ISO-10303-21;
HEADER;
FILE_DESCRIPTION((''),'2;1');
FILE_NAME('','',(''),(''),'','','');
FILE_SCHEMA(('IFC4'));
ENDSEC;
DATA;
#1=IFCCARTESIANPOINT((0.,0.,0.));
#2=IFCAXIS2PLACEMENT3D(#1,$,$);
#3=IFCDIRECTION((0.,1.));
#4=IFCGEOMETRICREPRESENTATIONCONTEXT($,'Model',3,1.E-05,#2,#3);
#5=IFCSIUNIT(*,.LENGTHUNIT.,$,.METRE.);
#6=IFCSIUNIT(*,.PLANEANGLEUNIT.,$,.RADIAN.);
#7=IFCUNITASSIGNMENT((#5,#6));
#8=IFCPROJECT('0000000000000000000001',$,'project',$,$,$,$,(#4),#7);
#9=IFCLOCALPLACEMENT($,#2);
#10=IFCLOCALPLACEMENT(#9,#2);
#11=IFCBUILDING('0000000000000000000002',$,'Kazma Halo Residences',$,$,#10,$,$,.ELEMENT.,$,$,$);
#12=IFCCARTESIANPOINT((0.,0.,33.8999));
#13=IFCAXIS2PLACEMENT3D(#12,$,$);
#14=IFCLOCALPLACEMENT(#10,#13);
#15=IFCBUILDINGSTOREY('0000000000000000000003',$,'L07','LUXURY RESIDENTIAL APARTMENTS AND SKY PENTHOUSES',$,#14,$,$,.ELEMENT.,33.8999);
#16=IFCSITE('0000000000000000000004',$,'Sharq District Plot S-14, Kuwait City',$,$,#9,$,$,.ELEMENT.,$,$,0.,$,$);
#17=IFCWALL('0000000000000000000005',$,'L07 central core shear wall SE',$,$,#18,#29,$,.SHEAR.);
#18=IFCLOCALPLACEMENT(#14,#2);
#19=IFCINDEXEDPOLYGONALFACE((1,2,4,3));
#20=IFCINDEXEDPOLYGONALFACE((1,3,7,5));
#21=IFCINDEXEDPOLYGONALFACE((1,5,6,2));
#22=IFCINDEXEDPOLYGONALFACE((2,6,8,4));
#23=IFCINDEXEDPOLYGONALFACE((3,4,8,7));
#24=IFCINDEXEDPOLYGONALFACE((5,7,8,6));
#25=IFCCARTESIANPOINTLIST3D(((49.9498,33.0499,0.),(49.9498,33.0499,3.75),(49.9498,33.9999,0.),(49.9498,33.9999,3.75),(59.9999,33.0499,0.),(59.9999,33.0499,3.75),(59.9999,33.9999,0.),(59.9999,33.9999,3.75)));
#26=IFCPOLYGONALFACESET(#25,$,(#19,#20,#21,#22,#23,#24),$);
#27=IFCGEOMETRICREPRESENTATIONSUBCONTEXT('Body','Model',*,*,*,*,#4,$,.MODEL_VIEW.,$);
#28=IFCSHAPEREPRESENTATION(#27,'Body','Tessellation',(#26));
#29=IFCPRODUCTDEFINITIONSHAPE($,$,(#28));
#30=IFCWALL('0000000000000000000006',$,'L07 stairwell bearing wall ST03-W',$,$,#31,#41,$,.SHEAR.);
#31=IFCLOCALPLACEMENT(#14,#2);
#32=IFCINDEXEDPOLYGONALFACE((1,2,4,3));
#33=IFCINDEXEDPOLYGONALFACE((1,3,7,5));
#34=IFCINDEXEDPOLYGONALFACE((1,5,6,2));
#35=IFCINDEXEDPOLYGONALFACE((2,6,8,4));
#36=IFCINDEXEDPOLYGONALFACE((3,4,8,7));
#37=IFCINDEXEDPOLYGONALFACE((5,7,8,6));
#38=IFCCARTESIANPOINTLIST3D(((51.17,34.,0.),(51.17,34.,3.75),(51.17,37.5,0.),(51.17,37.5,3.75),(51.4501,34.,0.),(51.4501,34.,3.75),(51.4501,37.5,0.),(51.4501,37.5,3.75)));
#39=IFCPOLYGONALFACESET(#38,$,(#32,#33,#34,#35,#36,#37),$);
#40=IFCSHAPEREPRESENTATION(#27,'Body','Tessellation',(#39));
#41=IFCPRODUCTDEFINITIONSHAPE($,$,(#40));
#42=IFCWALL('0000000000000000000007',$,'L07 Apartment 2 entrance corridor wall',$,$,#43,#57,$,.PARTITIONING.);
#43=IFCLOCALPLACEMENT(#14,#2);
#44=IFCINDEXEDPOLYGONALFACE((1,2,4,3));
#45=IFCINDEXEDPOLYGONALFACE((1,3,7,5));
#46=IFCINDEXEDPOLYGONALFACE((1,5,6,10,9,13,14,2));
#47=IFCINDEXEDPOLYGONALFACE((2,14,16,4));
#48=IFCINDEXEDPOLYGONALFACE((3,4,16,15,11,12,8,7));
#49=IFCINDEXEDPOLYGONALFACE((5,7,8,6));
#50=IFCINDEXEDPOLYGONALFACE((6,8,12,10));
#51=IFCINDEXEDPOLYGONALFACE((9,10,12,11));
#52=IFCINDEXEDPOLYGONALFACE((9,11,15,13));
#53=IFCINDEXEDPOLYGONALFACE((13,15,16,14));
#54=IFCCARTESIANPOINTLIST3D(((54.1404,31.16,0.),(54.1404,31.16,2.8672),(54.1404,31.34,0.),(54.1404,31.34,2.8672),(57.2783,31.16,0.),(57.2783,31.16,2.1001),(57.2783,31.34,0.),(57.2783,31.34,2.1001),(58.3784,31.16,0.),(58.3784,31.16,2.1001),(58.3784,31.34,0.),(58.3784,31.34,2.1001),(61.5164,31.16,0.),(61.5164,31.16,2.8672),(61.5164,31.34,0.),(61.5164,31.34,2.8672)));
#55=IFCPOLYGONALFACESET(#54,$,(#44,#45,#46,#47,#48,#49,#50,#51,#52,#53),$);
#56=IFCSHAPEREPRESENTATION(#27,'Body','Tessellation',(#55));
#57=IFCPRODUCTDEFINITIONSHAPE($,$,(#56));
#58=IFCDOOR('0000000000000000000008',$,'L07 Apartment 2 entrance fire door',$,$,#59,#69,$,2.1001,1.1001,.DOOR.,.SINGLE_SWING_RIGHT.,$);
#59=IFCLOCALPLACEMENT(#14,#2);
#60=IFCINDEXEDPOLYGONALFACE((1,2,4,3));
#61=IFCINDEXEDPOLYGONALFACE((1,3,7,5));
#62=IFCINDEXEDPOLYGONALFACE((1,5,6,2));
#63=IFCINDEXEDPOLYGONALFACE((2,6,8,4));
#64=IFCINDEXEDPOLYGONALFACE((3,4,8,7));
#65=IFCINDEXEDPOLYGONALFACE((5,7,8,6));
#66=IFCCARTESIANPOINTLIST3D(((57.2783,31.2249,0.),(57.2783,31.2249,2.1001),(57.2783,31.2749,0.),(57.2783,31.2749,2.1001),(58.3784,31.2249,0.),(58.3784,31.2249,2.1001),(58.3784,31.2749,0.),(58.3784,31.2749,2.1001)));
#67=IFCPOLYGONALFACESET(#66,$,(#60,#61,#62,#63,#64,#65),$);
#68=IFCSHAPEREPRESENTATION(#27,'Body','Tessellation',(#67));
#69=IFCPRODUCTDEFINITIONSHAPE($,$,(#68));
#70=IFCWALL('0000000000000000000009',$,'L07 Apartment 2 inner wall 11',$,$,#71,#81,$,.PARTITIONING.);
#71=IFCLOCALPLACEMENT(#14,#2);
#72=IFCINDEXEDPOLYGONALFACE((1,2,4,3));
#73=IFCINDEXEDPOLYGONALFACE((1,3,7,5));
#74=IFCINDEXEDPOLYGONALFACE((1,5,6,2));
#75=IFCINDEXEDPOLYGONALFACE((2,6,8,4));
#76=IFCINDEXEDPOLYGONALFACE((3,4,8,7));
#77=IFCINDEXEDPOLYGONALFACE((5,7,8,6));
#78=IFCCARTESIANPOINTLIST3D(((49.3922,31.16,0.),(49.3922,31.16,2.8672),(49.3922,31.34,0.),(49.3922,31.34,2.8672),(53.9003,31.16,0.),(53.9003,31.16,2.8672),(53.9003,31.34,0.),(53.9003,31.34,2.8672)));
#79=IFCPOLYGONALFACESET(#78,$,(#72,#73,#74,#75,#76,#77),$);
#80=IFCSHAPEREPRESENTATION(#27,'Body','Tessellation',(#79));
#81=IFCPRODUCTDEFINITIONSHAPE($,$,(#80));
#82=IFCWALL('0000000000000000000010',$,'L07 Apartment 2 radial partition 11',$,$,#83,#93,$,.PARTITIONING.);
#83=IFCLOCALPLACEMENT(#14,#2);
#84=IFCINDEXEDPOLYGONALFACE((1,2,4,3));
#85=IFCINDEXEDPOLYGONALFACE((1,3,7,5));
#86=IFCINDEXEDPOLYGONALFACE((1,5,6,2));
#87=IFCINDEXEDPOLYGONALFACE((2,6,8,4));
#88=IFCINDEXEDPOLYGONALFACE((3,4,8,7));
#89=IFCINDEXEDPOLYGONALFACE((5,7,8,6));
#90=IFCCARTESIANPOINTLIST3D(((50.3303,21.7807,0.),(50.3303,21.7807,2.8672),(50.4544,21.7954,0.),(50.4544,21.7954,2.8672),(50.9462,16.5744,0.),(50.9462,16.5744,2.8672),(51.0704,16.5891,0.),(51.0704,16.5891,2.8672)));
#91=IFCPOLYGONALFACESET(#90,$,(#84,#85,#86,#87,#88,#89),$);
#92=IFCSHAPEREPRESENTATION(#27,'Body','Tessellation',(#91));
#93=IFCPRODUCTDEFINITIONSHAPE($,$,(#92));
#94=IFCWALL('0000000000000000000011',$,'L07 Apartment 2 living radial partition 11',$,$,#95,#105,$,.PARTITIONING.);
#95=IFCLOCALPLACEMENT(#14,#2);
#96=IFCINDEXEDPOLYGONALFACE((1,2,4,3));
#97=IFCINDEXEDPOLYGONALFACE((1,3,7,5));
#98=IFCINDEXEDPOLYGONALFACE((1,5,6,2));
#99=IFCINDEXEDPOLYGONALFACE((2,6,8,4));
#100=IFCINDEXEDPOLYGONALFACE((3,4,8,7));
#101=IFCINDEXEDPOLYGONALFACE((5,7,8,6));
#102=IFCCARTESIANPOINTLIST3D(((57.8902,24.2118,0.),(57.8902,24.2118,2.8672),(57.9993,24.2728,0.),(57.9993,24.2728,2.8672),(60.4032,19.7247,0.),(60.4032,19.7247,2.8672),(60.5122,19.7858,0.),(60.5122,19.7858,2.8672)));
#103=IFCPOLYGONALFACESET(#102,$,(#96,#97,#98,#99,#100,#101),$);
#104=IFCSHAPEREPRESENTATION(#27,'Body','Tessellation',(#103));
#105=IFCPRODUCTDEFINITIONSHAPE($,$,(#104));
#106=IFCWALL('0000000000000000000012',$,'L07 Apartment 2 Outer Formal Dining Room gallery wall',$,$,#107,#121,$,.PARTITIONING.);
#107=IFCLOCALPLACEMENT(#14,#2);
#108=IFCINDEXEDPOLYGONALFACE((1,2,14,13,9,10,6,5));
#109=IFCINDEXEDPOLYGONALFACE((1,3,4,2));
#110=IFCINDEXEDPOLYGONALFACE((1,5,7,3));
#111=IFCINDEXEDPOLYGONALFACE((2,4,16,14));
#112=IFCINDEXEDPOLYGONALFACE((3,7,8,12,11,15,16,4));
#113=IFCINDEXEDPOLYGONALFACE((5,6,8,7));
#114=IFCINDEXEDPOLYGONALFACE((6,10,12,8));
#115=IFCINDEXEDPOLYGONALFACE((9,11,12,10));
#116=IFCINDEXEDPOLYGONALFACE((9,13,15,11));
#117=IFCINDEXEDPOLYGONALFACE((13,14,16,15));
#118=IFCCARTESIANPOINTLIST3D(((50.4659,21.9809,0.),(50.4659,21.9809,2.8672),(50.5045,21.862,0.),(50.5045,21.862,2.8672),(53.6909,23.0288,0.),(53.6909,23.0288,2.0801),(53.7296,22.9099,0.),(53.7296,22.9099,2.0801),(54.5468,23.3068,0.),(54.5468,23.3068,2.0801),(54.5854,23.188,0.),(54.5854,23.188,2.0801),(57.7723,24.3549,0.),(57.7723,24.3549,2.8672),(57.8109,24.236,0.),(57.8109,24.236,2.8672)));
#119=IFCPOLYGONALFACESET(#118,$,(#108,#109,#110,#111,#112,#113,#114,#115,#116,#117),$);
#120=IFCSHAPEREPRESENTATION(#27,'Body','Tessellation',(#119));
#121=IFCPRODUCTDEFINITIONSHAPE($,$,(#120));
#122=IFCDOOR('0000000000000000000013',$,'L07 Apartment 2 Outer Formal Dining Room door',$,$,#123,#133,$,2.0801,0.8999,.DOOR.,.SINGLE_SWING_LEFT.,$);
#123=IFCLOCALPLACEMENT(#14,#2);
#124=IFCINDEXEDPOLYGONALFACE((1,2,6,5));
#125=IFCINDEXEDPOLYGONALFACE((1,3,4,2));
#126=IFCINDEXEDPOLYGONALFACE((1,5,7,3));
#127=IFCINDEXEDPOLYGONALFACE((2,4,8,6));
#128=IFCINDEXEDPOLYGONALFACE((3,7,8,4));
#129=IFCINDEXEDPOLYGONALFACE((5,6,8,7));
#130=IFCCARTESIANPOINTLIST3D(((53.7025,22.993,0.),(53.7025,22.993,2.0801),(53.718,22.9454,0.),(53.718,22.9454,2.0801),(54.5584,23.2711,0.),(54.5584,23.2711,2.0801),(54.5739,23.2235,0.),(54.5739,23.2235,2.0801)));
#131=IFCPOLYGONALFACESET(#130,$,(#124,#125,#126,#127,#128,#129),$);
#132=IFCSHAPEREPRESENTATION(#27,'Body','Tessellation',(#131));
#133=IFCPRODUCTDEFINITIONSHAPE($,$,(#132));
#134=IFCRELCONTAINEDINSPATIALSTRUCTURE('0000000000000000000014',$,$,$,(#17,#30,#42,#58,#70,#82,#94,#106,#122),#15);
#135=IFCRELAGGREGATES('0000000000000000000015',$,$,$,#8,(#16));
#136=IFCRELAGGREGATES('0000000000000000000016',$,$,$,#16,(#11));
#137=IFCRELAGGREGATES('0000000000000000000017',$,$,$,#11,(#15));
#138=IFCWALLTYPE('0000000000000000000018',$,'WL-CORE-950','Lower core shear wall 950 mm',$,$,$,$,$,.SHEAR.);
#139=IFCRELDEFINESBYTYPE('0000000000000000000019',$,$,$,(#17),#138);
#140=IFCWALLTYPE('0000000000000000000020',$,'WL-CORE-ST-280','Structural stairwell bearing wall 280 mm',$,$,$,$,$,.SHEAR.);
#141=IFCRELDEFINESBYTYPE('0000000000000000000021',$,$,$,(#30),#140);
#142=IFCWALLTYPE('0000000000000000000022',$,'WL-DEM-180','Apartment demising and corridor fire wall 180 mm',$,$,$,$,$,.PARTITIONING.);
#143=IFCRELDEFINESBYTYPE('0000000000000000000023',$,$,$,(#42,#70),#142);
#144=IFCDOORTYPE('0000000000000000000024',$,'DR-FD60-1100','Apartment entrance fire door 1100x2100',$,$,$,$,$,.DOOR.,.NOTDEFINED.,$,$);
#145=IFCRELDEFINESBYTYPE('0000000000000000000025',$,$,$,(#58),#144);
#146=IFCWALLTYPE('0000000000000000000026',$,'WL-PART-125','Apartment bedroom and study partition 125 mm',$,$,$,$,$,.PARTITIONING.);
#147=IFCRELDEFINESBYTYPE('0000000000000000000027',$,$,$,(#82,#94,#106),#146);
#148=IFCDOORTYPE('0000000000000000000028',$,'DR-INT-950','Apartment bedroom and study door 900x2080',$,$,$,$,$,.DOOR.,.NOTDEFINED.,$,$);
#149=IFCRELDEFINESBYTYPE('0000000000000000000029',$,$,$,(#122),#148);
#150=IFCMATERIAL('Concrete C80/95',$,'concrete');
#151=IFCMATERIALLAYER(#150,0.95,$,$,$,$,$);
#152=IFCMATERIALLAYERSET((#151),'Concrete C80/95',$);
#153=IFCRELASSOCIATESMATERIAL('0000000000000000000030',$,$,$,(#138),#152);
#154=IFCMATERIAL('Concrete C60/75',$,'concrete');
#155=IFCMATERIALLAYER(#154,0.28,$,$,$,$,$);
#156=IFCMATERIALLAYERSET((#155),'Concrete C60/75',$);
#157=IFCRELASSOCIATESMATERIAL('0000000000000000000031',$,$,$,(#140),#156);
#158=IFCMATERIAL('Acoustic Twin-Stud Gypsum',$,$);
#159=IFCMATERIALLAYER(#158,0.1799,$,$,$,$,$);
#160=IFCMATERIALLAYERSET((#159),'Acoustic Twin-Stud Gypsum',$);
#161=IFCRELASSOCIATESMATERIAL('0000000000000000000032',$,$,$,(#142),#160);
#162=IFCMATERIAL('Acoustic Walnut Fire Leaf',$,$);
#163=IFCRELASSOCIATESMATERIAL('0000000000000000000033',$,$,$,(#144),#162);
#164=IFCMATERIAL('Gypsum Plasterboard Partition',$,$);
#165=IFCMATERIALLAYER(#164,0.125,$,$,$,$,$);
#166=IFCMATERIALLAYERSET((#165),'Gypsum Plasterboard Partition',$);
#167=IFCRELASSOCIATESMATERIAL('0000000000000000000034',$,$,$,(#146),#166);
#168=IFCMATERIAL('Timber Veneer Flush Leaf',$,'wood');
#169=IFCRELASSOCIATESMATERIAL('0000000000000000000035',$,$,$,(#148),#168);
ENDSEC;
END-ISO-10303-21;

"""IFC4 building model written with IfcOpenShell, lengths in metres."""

from ifc_helpers import new_model, si_unit, direction, frame, frame_2d, origin, place, context, subcontext, project, spatial, rectangle, extrude, material, layer, layer_set, type_object, element, fill, save


model = new_model("IFC4")

# Units and contexts
model_context = context("Model", 3, precision=1e-05, world=origin(), true_north=direction((0.0, 1.0)))
body_context = subcontext(model_context, "Body", "Model", "MODEL_VIEW")
ifc_project = project(units=[si_unit("LENGTHUNIT", "METRE"), si_unit("PLANEANGLEUNIT", "RADIAN")], contexts=[model_context])

# Site, building, storey
site_placement = place(None, origin())
site = spatial("IfcSite", under=ifc_project, at=site_placement, Name="Sharq District Plot S-14, Kuwait City", CompositionType="ELEMENT", RefElevation=0.0)
building_placement = place(site_placement, origin())
building = spatial("IfcBuilding", under=site, at=building_placement, Name="Kazma Halo Residences", CompositionType="ELEMENT")
storey_placement = place(building_placement, frame((0.0, 0.0, 33.8999)))
storey = spatial("IfcBuildingStorey", under=building, at=storey_placement, Name="L07", Description="LUXURY RESIDENTIAL APARTMENTS AND SKY PENTHOUSES", CompositionType="ELEMENT", Elevation=33.8999)

# Shared definitions
ifc_material_1 = material(Name="Concrete C80/95", Category="concrete")

# Walls
ifc_layer_1 = layer(ifc_material_1, 0.95)
ifc_layer_set_1 = layer_set([ifc_layer_1], Name="Concrete C80/95")
wall_type_1 = type_object("IfcWallType", Name="WL-CORE-950", Description="Lower core shear wall 950 mm", PredefinedType="SHEAR", material=ifc_layer_set_1)
wall_1_placement = place(storey_placement, frame((49.95, 33.5249, 0.0), z_axis=(0.0, 0.0, 1.0), x_axis=(1.0, 0.0, 0.0)))
element("IfcWall", 1, at=wall_1_placement, inside=storey, type_object=wall_type_1, Name="L07 central core shear wall SE", PredefinedType="SHEAR", context=body_context, shape_type="SweptSolid", body=[
    extrude(rectangle(XDim=10.05, YDim=0.95, at=frame_2d((5.0249, 0.0))), origin(), (0.0, 0.0, 1.0), 3.75),
])
ifc_material_2 = material(Name="Concrete C60/75", Category="concrete")
ifc_layer_2 = layer(ifc_material_2, 0.28)
ifc_layer_set_2 = layer_set([ifc_layer_2], Name="Concrete C60/75")
wall_type_2 = type_object("IfcWallType", Name="WL-CORE-ST-280", Description="Structural stairwell bearing wall 280 mm", PredefinedType="SHEAR", material=ifc_layer_set_2)
wall_2_placement = place(storey_placement, frame((51.3101, 34.0, 0.0), z_axis=(0.0, 0.0, 1.0), x_axis=(0.0, 1.0, 0.0)))
element("IfcWall", 2, at=wall_2_placement, inside=storey, type_object=wall_type_2, Name="L07 stairwell bearing wall ST03-W", PredefinedType="SHEAR", context=body_context, shape_type="SweptSolid", body=[
    extrude(rectangle(XDim=3.5, YDim=0.28, at=frame_2d((1.75, 0.0))), origin(), (0.0, 0.0, 1.0), 3.75),
])

# Wall, opening, door
ifc_material_3 = material(Name="Acoustic Twin-Stud Gypsum")
ifc_layer_3 = layer(ifc_material_3, 0.1799)
ifc_layer_set_3 = layer_set([ifc_layer_3], Name="Acoustic Twin-Stud Gypsum")
wall_type_3 = type_object("IfcWallType", Name="WL-DEM-180", Description="Apartment demising and corridor fire wall 180 mm", PredefinedType="PARTITIONING", material=ifc_layer_set_3)
wall_3_placement = place(storey_placement, frame((54.1404, 31.25, 0.0), z_axis=(0.0, 0.0, 1.0), x_axis=(1.0, 0.0, 0.0)))
wall_3 = element("IfcWall", 3, at=wall_3_placement, inside=storey, type_object=wall_type_3, Name="L07 Apartment 2 entrance corridor wall", PredefinedType="PARTITIONING", context=body_context, shape_type="SweptSolid", body=[
    extrude(rectangle(XDim=7.376, YDim=0.1799, at=frame_2d((3.688, 0.0))), origin(), (0.0, 0.0, 1.0), 2.8672),
])
opening_1_placement = place(wall_3_placement, frame((3.1379, 0.0, 0.0)))
opening_1 = element("IfcOpeningElement", 4, at=opening_1_placement, cuts=wall_3, PredefinedType="OPENING", context=body_context, shape_type="SweptSolid", body=[
    extrude(rectangle(XDim=1.1001, YDim=2.1001, at=frame_2d((0.55, 1.05))), frame((0.0, 0.0999, 0.0), z_axis=(0.0, -1.0, 0.0), x_axis=(1.0, 0.0, 0.0)), (0.0, 0.0, 1.0), 0.2),
])
ifc_material_4 = material(Name="Acoustic Walnut Fire Leaf")
door_type_1 = type_object("IfcDoorType", Name="DR-FD60-1100", Description="Apartment entrance fire door 1100x2100", OperationType="NOTDEFINED", PredefinedType="DOOR", material=ifc_material_4)
door_1_placement = place(opening_1_placement, origin())
door_1 = element("IfcDoor", 5, at=door_1_placement, inside=storey, type_object=door_type_1, Name="L07 Apartment 2 entrance fire door", OperationType="SINGLE_SWING_RIGHT", OverallHeight=2.1001, OverallWidth=1.1001, PredefinedType="DOOR", context=body_context, shape_type="SweptSolid", body=[
    extrude(rectangle(XDim=1.1001, YDim=2.1001, at=frame_2d((0.55, 1.05))), frame((0.0, 0.0249, 0.0), z_axis=(0.0, -1.0, 0.0), x_axis=(1.0, 0.0, 0.0)), (0.0, 0.0, 1.0), 0.05),
])
fill(opening_1, door_1)

# Wall
wall_4_placement = place(storey_placement, frame((49.3923, 31.25, 0.0), z_axis=(0.0, 0.0, 1.0), x_axis=(1.0, 0.0, 0.0)))
element("IfcWall", 6, at=wall_4_placement, inside=storey, type_object=wall_type_3, Name="L07 Apartment 2 inner wall 11", PredefinedType="PARTITIONING", context=body_context, shape_type="SweptSolid", body=[
    extrude(rectangle(XDim=4.5081, YDim=0.1799, at=frame_2d((2.2539, 0.0))), origin(), (0.0, 0.0, 1.0), 2.8672),
])

# Walls
ifc_material_5 = material(Name="Gypsum Plasterboard Partition")
ifc_layer_4 = layer(ifc_material_5, 0.125)
ifc_layer_set_4 = layer_set([ifc_layer_4], Name="Gypsum Plasterboard Partition")
wall_type_4 = type_object("IfcWallType", Name="WL-PART-125", Description="Apartment bedroom and study partition 125 mm", PredefinedType="PARTITIONING", material=ifc_layer_set_4)
wall_5_placement = place(storey_placement, frame((50.3923, 21.7881, 0.0), z_axis=(0.0, 0.0, 1.0), x_axis=(0.117492, -0.993074, 0.0)))
element("IfcWall", 7, at=wall_5_placement, inside=storey, type_object=wall_type_4, Name="L07 Apartment 2 radial partition 11", PredefinedType="PARTITIONING", context=body_context, shape_type="SweptSolid", body=[
    extrude(rectangle(XDim=5.2427, YDim=0.125, at=frame_2d((2.6213, 0.0))), origin(), (0.0, 0.0, 1.0), 2.8672),
])
wall_6_placement = place(storey_placement, frame((57.9448, 24.2422, 0.0), z_axis=(0.0, 0.0, 1.0), x_axis=(0.488631, -0.872491, 0.0)))
element("IfcWall", 8, at=wall_6_placement, inside=storey, type_object=wall_type_4, Name="L07 Apartment 2 living radial partition 11", PredefinedType="PARTITIONING", context=body_context, shape_type="SweptSolid", body=[
    extrude(rectangle(XDim=5.1428, YDim=0.125, at=frame_2d((2.5713, 0.0))), origin(), (0.0, 0.0, 1.0), 2.8672),
])

# Wall, opening, door
wall_7_placement = place(storey_placement, frame((50.4851, 21.9214, 0.0), z_axis=(0.0, 0.0, 1.0), x_axis=(0.951055, 0.309021, 0.0)))
wall_7 = element("IfcWall", 9, at=wall_7_placement, inside=storey, type_object=wall_type_4, Name="L07 Apartment 2 Outer Formal Dining Room gallery wall", PredefinedType="PARTITIONING", context=body_context, shape_type="SweptSolid", body=[
    extrude(rectangle(XDim=7.6824, YDim=0.125, at=frame_2d((3.8413, 0.0))), origin(), (0.0, 0.0, 1.0), 2.8672),
])
opening_2_placement = place(wall_7_placement, frame((3.3911, 0.0, 0.0)))
opening_2 = element("IfcOpeningElement", 10, at=opening_2_placement, cuts=wall_7, PredefinedType="OPENING", context=body_context, shape_type="SweptSolid", body=[
    extrude(rectangle(XDim=0.8999, YDim=2.0801, at=frame_2d((0.45, 1.04))), frame((0.0, 0.0725, 0.0), z_axis=(0.0, -1.0, 0.0), x_axis=(1.0, 0.0, 0.0)), (0.0, 0.0, 1.0), 0.145),
])
ifc_material_6 = material(Name="Timber Veneer Flush Leaf", Category="wood")
door_type_2 = type_object("IfcDoorType", Name="DR-INT-950", Description="Apartment bedroom and study door 900x2080", OperationType="NOTDEFINED", PredefinedType="DOOR", material=ifc_material_6)
door_2_placement = place(opening_2_placement, origin())
door_2 = element("IfcDoor", 11, at=door_2_placement, inside=storey, type_object=door_type_2, Name="L07 Apartment 2 Outer Formal Dining Room door", OperationType="SINGLE_SWING_LEFT", OverallHeight=2.0801, OverallWidth=0.8999, PredefinedType="DOOR", context=body_context, shape_type="SweptSolid", body=[
    extrude(rectangle(XDim=0.8999, YDim=2.0801, at=frame_2d((0.45, 1.04))), frame((0.0, 0.0249, 0.0), z_axis=(0.0, -1.0, 0.0), x_axis=(1.0, 0.0, 0.0)), (0.0, 0.0, 1.0), 0.05),
])
fill(opening_2, door_2)

save(model, "model.ifc")
